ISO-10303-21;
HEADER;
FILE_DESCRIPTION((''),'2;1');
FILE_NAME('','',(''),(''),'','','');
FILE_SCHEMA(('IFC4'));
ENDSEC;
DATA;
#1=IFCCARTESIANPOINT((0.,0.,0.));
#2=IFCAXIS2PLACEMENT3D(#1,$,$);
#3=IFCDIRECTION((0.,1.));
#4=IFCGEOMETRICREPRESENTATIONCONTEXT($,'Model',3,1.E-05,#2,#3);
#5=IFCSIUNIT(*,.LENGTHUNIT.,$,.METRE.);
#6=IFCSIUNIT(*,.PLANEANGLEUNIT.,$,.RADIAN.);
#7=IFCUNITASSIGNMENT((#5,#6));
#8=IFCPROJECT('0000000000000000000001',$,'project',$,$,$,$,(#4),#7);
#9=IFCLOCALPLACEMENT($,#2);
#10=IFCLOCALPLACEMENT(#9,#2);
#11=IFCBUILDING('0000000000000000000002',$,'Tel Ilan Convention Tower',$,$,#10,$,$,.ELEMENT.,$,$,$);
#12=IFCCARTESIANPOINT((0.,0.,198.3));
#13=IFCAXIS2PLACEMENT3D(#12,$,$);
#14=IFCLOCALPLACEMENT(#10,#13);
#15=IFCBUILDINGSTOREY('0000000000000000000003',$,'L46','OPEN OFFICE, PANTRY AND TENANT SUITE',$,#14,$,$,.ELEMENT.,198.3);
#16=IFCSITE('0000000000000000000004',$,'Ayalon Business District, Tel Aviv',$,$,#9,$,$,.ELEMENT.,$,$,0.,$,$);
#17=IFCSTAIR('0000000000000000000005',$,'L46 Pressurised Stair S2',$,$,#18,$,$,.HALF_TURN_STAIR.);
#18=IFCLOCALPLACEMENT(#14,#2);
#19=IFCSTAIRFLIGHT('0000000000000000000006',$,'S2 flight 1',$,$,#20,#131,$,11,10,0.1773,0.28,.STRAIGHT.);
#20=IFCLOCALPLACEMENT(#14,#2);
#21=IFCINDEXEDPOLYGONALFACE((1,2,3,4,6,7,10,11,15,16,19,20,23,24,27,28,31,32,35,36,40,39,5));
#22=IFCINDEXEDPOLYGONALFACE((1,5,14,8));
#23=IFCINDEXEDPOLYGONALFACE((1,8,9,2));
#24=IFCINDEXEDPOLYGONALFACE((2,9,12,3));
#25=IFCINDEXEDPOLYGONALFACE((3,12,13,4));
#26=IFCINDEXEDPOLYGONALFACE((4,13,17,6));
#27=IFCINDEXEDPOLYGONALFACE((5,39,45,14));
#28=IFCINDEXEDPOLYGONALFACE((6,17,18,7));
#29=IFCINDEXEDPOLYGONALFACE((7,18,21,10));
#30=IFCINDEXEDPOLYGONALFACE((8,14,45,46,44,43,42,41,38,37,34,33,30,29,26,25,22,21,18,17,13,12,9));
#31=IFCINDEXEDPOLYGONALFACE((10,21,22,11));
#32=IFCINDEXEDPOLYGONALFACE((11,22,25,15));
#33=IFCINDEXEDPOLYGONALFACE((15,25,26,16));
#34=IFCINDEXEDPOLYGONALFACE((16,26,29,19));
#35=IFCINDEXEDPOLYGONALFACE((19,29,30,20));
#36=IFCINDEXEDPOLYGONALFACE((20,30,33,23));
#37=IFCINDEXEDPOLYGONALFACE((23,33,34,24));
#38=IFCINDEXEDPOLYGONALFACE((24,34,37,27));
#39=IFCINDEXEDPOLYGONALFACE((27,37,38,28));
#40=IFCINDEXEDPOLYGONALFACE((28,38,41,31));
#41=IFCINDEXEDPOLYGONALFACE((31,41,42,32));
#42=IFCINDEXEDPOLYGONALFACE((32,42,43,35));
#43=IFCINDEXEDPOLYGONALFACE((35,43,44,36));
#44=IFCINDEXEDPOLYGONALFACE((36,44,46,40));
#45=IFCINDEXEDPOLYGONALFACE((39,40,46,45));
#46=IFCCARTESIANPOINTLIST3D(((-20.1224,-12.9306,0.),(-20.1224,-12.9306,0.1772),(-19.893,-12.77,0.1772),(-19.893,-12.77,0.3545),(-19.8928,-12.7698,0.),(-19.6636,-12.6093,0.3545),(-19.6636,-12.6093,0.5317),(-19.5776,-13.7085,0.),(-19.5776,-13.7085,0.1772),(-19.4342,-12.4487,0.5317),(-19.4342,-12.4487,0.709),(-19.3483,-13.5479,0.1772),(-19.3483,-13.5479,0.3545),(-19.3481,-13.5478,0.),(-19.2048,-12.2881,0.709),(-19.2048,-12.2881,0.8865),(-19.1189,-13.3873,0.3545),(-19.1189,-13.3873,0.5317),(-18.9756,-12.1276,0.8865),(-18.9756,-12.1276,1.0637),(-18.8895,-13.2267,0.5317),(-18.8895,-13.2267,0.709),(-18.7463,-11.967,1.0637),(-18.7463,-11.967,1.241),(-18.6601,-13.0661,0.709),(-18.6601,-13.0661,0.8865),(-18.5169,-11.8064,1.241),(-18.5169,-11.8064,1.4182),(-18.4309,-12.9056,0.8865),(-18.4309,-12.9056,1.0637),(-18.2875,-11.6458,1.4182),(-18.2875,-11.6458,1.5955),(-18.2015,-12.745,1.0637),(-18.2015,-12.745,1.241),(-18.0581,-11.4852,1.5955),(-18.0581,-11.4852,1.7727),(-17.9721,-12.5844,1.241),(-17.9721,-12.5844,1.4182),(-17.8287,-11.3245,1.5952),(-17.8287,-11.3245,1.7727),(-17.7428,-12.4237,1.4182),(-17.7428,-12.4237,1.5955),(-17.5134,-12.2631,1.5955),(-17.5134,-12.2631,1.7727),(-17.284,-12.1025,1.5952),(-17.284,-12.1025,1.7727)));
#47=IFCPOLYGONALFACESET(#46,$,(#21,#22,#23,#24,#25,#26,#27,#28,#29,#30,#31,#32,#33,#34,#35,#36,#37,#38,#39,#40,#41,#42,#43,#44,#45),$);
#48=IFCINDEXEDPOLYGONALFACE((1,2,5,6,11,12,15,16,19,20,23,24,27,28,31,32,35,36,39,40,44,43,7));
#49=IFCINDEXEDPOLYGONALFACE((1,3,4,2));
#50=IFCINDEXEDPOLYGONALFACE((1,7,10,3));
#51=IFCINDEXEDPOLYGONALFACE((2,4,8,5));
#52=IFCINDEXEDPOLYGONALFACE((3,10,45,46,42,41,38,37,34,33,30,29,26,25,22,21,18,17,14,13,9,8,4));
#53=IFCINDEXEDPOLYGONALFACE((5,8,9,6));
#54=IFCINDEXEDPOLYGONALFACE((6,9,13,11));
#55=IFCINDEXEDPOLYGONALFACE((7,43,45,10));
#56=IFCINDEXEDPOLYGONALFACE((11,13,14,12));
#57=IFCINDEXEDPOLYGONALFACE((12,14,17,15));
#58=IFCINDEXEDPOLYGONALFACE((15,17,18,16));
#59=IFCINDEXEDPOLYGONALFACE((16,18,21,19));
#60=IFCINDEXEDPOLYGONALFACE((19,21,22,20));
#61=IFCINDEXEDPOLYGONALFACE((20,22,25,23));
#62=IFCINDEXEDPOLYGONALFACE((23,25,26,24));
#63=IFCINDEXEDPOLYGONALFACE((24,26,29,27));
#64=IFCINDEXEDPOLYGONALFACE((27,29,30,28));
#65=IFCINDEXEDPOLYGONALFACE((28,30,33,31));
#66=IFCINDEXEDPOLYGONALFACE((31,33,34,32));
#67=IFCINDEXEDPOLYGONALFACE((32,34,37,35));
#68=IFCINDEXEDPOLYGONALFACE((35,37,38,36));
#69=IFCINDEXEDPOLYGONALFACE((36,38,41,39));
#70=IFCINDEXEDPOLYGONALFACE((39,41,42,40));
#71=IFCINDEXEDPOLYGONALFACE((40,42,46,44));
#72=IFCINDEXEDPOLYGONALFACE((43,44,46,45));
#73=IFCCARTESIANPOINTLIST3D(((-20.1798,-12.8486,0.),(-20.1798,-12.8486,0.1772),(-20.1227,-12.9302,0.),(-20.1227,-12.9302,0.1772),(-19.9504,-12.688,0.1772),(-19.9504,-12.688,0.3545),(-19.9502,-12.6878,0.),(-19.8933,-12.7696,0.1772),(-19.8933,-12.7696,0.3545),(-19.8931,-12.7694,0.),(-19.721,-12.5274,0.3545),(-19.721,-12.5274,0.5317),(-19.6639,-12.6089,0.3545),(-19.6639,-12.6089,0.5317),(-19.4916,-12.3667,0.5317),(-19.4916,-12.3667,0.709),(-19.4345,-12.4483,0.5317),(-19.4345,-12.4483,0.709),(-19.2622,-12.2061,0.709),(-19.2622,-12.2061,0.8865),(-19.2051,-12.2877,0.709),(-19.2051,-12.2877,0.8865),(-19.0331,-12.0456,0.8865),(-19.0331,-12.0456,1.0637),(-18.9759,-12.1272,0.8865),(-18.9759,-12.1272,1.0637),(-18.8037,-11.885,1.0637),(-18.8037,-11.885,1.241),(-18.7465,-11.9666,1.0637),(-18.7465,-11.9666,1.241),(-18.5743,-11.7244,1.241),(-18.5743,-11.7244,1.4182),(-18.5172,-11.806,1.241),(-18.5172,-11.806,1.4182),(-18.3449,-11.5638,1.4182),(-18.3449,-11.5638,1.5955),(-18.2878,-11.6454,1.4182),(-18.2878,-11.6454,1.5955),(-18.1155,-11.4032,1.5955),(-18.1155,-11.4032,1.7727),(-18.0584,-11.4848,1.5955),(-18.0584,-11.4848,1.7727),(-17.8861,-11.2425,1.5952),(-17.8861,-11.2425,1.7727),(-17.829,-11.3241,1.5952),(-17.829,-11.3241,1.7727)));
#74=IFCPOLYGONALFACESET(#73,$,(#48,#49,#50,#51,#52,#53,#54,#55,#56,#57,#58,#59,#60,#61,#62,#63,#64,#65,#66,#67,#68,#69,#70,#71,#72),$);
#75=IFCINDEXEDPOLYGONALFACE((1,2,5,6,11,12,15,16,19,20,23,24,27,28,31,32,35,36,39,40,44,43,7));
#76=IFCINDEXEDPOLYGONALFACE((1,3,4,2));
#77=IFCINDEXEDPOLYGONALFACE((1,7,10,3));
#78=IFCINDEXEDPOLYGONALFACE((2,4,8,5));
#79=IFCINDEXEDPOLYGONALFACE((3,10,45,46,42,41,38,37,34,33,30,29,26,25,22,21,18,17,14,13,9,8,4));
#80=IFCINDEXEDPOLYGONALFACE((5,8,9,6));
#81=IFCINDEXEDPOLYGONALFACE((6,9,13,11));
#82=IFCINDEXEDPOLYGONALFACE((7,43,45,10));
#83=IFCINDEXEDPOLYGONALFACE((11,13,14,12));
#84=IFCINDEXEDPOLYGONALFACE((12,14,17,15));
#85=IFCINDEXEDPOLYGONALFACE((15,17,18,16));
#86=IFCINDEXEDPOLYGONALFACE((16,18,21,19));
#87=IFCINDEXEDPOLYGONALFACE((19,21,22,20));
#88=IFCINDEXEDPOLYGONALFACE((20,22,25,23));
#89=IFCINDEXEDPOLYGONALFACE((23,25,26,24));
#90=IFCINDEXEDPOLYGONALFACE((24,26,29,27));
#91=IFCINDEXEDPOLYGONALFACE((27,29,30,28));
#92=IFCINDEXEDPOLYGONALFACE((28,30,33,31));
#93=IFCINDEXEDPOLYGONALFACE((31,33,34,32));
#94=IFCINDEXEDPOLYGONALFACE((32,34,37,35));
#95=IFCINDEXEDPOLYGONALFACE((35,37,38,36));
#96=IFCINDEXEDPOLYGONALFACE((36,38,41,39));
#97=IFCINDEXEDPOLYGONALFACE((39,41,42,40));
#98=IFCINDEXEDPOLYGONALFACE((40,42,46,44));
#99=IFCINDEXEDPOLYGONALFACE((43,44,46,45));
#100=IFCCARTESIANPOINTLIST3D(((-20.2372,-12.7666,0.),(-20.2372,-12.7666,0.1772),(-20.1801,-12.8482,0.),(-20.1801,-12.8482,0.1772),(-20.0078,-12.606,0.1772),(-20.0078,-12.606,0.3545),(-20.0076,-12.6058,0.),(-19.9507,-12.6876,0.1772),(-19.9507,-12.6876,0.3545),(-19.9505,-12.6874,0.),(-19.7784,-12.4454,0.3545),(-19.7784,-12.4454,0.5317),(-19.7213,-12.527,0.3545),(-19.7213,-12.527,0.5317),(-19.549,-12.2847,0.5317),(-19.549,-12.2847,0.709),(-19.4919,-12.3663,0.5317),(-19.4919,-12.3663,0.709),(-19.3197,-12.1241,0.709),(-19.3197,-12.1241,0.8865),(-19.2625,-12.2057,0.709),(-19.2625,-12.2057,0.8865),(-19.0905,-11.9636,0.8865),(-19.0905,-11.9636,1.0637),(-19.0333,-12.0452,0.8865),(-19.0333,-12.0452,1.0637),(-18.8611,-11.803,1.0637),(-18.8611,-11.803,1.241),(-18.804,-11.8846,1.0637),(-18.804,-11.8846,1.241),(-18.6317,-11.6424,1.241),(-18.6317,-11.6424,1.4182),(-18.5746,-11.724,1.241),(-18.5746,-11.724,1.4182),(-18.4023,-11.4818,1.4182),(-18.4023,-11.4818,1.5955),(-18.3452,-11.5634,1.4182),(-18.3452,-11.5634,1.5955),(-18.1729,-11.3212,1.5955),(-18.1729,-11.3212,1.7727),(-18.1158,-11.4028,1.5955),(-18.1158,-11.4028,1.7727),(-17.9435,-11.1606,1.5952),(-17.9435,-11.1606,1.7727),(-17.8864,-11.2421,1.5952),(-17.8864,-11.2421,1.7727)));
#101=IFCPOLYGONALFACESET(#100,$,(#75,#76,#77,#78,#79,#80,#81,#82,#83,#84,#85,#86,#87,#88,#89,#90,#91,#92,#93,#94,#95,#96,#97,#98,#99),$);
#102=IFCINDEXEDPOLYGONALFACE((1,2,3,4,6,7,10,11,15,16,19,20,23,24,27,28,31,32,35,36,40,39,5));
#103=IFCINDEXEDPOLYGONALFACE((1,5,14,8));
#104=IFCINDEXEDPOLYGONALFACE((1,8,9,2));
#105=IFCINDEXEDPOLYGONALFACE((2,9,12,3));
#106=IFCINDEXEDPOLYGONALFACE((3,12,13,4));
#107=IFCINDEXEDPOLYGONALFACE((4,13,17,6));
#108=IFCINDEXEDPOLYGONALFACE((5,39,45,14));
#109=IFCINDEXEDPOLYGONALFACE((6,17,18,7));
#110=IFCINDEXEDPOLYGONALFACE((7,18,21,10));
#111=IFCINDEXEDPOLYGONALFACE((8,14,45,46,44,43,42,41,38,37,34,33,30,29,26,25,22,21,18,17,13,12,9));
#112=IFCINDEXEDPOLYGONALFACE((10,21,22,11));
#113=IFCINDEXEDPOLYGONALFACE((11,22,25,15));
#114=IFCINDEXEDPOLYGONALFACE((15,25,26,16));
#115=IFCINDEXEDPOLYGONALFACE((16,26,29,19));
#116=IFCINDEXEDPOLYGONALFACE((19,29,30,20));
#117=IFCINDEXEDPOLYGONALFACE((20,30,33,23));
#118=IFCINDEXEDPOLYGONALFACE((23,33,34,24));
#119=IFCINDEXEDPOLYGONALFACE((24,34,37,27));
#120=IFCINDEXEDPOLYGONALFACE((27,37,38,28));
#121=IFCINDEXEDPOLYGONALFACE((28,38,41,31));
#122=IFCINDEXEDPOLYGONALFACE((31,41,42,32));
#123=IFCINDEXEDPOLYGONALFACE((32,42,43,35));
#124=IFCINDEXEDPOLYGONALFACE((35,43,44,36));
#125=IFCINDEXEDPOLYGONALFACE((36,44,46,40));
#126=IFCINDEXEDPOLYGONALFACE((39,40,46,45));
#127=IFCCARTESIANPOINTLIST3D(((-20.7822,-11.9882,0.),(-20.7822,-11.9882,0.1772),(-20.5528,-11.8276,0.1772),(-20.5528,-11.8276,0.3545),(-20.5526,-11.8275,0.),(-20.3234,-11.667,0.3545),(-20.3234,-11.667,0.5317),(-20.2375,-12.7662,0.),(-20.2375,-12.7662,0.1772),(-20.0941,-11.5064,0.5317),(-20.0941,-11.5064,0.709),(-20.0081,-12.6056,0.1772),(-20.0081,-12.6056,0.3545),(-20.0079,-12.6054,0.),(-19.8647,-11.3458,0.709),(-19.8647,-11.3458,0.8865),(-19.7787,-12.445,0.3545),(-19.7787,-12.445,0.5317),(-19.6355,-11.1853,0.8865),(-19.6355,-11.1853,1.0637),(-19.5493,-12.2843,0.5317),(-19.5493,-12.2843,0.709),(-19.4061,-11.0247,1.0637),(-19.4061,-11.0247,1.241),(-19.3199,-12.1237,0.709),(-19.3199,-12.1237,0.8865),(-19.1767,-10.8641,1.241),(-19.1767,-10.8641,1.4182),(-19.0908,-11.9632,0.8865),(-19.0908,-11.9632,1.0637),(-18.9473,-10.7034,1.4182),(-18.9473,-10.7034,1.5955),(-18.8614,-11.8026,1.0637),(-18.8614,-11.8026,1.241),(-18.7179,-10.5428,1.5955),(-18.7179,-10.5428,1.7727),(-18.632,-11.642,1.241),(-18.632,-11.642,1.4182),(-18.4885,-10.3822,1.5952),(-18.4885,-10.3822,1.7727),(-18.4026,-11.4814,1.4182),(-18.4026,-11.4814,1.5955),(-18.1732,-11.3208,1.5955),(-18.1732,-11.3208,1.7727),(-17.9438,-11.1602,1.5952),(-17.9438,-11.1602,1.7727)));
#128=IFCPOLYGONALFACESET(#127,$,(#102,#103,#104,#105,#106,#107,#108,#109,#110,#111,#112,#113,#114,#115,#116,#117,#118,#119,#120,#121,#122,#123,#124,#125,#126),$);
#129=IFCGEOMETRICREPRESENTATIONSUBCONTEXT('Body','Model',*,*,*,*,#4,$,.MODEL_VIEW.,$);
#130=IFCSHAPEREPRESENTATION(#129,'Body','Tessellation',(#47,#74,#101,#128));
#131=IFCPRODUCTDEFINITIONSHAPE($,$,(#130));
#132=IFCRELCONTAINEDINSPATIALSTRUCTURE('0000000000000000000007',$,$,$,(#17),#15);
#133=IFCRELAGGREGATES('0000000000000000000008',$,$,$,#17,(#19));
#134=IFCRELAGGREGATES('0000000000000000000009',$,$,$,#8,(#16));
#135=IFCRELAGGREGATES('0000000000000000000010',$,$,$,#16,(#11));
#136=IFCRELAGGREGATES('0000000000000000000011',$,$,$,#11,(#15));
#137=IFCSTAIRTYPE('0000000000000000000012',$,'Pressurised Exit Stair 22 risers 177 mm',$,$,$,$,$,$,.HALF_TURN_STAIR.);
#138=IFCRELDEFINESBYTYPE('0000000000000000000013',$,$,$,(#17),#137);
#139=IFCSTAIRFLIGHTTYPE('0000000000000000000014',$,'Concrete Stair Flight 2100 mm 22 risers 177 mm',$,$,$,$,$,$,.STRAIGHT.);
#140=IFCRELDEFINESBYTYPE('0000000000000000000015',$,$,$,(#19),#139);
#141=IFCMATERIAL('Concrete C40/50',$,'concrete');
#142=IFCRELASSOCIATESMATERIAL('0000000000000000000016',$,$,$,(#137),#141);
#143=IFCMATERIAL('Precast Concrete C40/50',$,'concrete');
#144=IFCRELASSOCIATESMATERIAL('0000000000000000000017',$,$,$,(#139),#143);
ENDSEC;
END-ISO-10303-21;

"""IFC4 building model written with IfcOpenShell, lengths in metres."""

from ifc_helpers import new_model, si_unit, direction, frame, origin, place, context, subcontext, project, spatial, polyline, outline, extrude, material, type_object, element, aggregate, save


model = new_model("IFC4")

# Units and contexts
model_context = context("Model", 3, precision=1e-05, world=origin(), true_north=direction((0.0, 1.0)))
body_context = subcontext(model_context, "Body", "Model", "MODEL_VIEW")
ifc_project = project(units=[si_unit("LENGTHUNIT", "METRE"), si_unit("PLANEANGLEUNIT", "RADIAN")], contexts=[model_context])

# Site, building, storey
site_placement = place(None, origin())
site = spatial("IfcSite", under=ifc_project, at=site_placement, Name="Ayalon Business District, Tel Aviv", CompositionType="ELEMENT", RefElevation=0.0)
building_placement = place(site_placement, origin())
building = spatial("IfcBuilding", under=site, at=building_placement, Name="Tel Ilan Convention Tower", CompositionType="ELEMENT")
storey_placement = place(building_placement, frame((0.0, 0.0, 198.3)))
storey = spatial("IfcBuildingStorey", under=building, at=storey_placement, Name="L46", Description="OPEN OFFICE, PANTRY AND TENANT SUITE", CompositionType="ELEMENT", Elevation=198.3)

# Stair, stair flight
ifc_material_1 = material(Name="Concrete C40/50", Category="concrete")
stair_type = type_object("IfcStairType", Name="Pressurised Exit Stair 22 risers 177 mm", PredefinedType="HALF_TURN_STAIR", material=ifc_material_1)
ifc_material_2 = material(Name="Precast Concrete C40/50", Category="concrete")
stair_flight_type = type_object("IfcStairFlightType", Name="Concrete Stair Flight 2100 mm 22 risers 177 mm", PredefinedType="STRAIGHT", material=ifc_material_2)
stair_1_placement = place(storey_placement, origin())
stair_1 = element("IfcStair", 1, at=stair_1_placement, inside=storey, type_object=stair_type, Name="L46 Pressurised Stair S2", PredefinedType="HALF_TURN_STAIR")
stair_flight_1_placement = place(storey_placement, frame((-20.1799, -12.8484, 0.0), z_axis=(0.0, 0.0, 1.0), x_axis=(0.819152, 0.573576, 0.0)))
stair_flight_1 = element("IfcStairFlight", 2, at=stair_flight_1_placement, type_object=stair_flight_type, Name="S2 flight 1", NumberOfRisers=11, NumberOfTreads=10, PredefinedType="STRAIGHT", RiserHeight=0.1773, TreadLength=0.28, context=body_context, shape_type="SweptSolid", body=[
    extrude(outline(polyline([(0.0, 0.0), (0.0, 0.1772), (0.28, 0.1772), (0.28, 0.3545), (0.5601, 0.3545), (0.5601, 0.5317), (0.8401, 0.5317), (0.8401, 0.709), (1.1201, 0.709), (1.1201, 0.8865), (1.3999, 0.8865), (1.3999, 1.0637), (1.6799, 1.0637), (1.6799, 1.241), (1.96, 1.241), (1.96, 1.4182), (2.24, 1.4182), (2.24, 1.5955), (2.52, 1.5955), (2.52, 1.7727), (2.8, 1.7727), (2.8, 1.95), (2.8, 1.5952), (0.2803, 0.0), (0.0, 0.0)])), frame((0.0, -0.1003, 0.0), z_axis=(0.0, -1.0, 0.0), x_axis=(1.0, 0.0, 0.0)), (0.0, 0.0, 1.0), 0.9497),
    extrude(outline(polyline([(0.0, 0.0), (0.0, 0.1772), (0.28, 0.1772), (0.28, 0.3545), (0.5601, 0.3545), (0.5601, 0.5317), (0.8401, 0.5317), (0.8401, 0.709), (1.1201, 0.709), (1.1201, 0.8865), (1.3999, 0.8865), (1.3999, 1.0637), (1.6799, 1.0637), (1.6799, 1.241), (1.96, 1.241), (1.96, 1.4182), (2.24, 1.4182), (2.24, 1.5955), (2.52, 1.5955), (2.52, 1.7727), (2.8, 1.7727), (2.8, 1.95), (2.8, 1.5952), (0.2803, 0.0), (0.0, 0.0)])), frame((0.0, -0.0002, 0.0), z_axis=(0.0, -1.0, 0.0), x_axis=(1.0, 0.0, 0.0)), (0.0, 0.0, 1.0), 0.0996),
    extrude(outline(polyline([(0.0, 0.0), (0.0, 0.1772), (0.28, 0.1772), (0.28, 0.3545), (0.5601, 0.3545), (0.5601, 0.5317), (0.8401, 0.5317), (0.8401, 0.709), (1.1201, 0.709), (1.1201, 0.8865), (1.3999, 0.8865), (1.3999, 1.0637), (1.6799, 1.0637), (1.6799, 1.241), (1.96, 1.241), (1.96, 1.4182), (2.24, 1.4182), (2.24, 1.5955), (2.52, 1.5955), (2.52, 1.7727), (2.8, 1.7727), (2.8, 1.95), (2.8, 1.5952), (0.2803, 0.0), (0.0, 0.0)])), frame((0.0, 0.0999, 0.0), z_axis=(0.0, -1.0, 0.0), x_axis=(1.0, 0.0, 0.0)), (0.0, 0.0, 1.0), 0.0996),
    extrude(outline(polyline([(0.0, 0.0), (0.0, 0.1772), (0.28, 0.1772), (0.28, 0.3545), (0.5601, 0.3545), (0.5601, 0.5317), (0.8401, 0.5317), (0.8401, 0.709), (1.1201, 0.709), (1.1201, 0.8865), (1.3999, 0.8865), (1.3999, 1.0637), (1.6799, 1.0637), (1.6799, 1.241), (1.96, 1.241), (1.96, 1.4182), (2.24, 1.4182), (2.24, 1.5955), (2.52, 1.5955), (2.52, 1.7727), (2.8, 1.7727), (2.8, 1.95), (2.8, 1.5952), (0.2803, 0.0), (0.0, 0.0)])), frame((0.0, 1.05, 0.0), z_axis=(0.0, -1.0, 0.0), x_axis=(1.0, 0.0, 0.0)), (0.0, 0.0, 1.0), 0.9497),
])
aggregate(stair_1, [stair_flight_1])

save(model, "model.ifc")
